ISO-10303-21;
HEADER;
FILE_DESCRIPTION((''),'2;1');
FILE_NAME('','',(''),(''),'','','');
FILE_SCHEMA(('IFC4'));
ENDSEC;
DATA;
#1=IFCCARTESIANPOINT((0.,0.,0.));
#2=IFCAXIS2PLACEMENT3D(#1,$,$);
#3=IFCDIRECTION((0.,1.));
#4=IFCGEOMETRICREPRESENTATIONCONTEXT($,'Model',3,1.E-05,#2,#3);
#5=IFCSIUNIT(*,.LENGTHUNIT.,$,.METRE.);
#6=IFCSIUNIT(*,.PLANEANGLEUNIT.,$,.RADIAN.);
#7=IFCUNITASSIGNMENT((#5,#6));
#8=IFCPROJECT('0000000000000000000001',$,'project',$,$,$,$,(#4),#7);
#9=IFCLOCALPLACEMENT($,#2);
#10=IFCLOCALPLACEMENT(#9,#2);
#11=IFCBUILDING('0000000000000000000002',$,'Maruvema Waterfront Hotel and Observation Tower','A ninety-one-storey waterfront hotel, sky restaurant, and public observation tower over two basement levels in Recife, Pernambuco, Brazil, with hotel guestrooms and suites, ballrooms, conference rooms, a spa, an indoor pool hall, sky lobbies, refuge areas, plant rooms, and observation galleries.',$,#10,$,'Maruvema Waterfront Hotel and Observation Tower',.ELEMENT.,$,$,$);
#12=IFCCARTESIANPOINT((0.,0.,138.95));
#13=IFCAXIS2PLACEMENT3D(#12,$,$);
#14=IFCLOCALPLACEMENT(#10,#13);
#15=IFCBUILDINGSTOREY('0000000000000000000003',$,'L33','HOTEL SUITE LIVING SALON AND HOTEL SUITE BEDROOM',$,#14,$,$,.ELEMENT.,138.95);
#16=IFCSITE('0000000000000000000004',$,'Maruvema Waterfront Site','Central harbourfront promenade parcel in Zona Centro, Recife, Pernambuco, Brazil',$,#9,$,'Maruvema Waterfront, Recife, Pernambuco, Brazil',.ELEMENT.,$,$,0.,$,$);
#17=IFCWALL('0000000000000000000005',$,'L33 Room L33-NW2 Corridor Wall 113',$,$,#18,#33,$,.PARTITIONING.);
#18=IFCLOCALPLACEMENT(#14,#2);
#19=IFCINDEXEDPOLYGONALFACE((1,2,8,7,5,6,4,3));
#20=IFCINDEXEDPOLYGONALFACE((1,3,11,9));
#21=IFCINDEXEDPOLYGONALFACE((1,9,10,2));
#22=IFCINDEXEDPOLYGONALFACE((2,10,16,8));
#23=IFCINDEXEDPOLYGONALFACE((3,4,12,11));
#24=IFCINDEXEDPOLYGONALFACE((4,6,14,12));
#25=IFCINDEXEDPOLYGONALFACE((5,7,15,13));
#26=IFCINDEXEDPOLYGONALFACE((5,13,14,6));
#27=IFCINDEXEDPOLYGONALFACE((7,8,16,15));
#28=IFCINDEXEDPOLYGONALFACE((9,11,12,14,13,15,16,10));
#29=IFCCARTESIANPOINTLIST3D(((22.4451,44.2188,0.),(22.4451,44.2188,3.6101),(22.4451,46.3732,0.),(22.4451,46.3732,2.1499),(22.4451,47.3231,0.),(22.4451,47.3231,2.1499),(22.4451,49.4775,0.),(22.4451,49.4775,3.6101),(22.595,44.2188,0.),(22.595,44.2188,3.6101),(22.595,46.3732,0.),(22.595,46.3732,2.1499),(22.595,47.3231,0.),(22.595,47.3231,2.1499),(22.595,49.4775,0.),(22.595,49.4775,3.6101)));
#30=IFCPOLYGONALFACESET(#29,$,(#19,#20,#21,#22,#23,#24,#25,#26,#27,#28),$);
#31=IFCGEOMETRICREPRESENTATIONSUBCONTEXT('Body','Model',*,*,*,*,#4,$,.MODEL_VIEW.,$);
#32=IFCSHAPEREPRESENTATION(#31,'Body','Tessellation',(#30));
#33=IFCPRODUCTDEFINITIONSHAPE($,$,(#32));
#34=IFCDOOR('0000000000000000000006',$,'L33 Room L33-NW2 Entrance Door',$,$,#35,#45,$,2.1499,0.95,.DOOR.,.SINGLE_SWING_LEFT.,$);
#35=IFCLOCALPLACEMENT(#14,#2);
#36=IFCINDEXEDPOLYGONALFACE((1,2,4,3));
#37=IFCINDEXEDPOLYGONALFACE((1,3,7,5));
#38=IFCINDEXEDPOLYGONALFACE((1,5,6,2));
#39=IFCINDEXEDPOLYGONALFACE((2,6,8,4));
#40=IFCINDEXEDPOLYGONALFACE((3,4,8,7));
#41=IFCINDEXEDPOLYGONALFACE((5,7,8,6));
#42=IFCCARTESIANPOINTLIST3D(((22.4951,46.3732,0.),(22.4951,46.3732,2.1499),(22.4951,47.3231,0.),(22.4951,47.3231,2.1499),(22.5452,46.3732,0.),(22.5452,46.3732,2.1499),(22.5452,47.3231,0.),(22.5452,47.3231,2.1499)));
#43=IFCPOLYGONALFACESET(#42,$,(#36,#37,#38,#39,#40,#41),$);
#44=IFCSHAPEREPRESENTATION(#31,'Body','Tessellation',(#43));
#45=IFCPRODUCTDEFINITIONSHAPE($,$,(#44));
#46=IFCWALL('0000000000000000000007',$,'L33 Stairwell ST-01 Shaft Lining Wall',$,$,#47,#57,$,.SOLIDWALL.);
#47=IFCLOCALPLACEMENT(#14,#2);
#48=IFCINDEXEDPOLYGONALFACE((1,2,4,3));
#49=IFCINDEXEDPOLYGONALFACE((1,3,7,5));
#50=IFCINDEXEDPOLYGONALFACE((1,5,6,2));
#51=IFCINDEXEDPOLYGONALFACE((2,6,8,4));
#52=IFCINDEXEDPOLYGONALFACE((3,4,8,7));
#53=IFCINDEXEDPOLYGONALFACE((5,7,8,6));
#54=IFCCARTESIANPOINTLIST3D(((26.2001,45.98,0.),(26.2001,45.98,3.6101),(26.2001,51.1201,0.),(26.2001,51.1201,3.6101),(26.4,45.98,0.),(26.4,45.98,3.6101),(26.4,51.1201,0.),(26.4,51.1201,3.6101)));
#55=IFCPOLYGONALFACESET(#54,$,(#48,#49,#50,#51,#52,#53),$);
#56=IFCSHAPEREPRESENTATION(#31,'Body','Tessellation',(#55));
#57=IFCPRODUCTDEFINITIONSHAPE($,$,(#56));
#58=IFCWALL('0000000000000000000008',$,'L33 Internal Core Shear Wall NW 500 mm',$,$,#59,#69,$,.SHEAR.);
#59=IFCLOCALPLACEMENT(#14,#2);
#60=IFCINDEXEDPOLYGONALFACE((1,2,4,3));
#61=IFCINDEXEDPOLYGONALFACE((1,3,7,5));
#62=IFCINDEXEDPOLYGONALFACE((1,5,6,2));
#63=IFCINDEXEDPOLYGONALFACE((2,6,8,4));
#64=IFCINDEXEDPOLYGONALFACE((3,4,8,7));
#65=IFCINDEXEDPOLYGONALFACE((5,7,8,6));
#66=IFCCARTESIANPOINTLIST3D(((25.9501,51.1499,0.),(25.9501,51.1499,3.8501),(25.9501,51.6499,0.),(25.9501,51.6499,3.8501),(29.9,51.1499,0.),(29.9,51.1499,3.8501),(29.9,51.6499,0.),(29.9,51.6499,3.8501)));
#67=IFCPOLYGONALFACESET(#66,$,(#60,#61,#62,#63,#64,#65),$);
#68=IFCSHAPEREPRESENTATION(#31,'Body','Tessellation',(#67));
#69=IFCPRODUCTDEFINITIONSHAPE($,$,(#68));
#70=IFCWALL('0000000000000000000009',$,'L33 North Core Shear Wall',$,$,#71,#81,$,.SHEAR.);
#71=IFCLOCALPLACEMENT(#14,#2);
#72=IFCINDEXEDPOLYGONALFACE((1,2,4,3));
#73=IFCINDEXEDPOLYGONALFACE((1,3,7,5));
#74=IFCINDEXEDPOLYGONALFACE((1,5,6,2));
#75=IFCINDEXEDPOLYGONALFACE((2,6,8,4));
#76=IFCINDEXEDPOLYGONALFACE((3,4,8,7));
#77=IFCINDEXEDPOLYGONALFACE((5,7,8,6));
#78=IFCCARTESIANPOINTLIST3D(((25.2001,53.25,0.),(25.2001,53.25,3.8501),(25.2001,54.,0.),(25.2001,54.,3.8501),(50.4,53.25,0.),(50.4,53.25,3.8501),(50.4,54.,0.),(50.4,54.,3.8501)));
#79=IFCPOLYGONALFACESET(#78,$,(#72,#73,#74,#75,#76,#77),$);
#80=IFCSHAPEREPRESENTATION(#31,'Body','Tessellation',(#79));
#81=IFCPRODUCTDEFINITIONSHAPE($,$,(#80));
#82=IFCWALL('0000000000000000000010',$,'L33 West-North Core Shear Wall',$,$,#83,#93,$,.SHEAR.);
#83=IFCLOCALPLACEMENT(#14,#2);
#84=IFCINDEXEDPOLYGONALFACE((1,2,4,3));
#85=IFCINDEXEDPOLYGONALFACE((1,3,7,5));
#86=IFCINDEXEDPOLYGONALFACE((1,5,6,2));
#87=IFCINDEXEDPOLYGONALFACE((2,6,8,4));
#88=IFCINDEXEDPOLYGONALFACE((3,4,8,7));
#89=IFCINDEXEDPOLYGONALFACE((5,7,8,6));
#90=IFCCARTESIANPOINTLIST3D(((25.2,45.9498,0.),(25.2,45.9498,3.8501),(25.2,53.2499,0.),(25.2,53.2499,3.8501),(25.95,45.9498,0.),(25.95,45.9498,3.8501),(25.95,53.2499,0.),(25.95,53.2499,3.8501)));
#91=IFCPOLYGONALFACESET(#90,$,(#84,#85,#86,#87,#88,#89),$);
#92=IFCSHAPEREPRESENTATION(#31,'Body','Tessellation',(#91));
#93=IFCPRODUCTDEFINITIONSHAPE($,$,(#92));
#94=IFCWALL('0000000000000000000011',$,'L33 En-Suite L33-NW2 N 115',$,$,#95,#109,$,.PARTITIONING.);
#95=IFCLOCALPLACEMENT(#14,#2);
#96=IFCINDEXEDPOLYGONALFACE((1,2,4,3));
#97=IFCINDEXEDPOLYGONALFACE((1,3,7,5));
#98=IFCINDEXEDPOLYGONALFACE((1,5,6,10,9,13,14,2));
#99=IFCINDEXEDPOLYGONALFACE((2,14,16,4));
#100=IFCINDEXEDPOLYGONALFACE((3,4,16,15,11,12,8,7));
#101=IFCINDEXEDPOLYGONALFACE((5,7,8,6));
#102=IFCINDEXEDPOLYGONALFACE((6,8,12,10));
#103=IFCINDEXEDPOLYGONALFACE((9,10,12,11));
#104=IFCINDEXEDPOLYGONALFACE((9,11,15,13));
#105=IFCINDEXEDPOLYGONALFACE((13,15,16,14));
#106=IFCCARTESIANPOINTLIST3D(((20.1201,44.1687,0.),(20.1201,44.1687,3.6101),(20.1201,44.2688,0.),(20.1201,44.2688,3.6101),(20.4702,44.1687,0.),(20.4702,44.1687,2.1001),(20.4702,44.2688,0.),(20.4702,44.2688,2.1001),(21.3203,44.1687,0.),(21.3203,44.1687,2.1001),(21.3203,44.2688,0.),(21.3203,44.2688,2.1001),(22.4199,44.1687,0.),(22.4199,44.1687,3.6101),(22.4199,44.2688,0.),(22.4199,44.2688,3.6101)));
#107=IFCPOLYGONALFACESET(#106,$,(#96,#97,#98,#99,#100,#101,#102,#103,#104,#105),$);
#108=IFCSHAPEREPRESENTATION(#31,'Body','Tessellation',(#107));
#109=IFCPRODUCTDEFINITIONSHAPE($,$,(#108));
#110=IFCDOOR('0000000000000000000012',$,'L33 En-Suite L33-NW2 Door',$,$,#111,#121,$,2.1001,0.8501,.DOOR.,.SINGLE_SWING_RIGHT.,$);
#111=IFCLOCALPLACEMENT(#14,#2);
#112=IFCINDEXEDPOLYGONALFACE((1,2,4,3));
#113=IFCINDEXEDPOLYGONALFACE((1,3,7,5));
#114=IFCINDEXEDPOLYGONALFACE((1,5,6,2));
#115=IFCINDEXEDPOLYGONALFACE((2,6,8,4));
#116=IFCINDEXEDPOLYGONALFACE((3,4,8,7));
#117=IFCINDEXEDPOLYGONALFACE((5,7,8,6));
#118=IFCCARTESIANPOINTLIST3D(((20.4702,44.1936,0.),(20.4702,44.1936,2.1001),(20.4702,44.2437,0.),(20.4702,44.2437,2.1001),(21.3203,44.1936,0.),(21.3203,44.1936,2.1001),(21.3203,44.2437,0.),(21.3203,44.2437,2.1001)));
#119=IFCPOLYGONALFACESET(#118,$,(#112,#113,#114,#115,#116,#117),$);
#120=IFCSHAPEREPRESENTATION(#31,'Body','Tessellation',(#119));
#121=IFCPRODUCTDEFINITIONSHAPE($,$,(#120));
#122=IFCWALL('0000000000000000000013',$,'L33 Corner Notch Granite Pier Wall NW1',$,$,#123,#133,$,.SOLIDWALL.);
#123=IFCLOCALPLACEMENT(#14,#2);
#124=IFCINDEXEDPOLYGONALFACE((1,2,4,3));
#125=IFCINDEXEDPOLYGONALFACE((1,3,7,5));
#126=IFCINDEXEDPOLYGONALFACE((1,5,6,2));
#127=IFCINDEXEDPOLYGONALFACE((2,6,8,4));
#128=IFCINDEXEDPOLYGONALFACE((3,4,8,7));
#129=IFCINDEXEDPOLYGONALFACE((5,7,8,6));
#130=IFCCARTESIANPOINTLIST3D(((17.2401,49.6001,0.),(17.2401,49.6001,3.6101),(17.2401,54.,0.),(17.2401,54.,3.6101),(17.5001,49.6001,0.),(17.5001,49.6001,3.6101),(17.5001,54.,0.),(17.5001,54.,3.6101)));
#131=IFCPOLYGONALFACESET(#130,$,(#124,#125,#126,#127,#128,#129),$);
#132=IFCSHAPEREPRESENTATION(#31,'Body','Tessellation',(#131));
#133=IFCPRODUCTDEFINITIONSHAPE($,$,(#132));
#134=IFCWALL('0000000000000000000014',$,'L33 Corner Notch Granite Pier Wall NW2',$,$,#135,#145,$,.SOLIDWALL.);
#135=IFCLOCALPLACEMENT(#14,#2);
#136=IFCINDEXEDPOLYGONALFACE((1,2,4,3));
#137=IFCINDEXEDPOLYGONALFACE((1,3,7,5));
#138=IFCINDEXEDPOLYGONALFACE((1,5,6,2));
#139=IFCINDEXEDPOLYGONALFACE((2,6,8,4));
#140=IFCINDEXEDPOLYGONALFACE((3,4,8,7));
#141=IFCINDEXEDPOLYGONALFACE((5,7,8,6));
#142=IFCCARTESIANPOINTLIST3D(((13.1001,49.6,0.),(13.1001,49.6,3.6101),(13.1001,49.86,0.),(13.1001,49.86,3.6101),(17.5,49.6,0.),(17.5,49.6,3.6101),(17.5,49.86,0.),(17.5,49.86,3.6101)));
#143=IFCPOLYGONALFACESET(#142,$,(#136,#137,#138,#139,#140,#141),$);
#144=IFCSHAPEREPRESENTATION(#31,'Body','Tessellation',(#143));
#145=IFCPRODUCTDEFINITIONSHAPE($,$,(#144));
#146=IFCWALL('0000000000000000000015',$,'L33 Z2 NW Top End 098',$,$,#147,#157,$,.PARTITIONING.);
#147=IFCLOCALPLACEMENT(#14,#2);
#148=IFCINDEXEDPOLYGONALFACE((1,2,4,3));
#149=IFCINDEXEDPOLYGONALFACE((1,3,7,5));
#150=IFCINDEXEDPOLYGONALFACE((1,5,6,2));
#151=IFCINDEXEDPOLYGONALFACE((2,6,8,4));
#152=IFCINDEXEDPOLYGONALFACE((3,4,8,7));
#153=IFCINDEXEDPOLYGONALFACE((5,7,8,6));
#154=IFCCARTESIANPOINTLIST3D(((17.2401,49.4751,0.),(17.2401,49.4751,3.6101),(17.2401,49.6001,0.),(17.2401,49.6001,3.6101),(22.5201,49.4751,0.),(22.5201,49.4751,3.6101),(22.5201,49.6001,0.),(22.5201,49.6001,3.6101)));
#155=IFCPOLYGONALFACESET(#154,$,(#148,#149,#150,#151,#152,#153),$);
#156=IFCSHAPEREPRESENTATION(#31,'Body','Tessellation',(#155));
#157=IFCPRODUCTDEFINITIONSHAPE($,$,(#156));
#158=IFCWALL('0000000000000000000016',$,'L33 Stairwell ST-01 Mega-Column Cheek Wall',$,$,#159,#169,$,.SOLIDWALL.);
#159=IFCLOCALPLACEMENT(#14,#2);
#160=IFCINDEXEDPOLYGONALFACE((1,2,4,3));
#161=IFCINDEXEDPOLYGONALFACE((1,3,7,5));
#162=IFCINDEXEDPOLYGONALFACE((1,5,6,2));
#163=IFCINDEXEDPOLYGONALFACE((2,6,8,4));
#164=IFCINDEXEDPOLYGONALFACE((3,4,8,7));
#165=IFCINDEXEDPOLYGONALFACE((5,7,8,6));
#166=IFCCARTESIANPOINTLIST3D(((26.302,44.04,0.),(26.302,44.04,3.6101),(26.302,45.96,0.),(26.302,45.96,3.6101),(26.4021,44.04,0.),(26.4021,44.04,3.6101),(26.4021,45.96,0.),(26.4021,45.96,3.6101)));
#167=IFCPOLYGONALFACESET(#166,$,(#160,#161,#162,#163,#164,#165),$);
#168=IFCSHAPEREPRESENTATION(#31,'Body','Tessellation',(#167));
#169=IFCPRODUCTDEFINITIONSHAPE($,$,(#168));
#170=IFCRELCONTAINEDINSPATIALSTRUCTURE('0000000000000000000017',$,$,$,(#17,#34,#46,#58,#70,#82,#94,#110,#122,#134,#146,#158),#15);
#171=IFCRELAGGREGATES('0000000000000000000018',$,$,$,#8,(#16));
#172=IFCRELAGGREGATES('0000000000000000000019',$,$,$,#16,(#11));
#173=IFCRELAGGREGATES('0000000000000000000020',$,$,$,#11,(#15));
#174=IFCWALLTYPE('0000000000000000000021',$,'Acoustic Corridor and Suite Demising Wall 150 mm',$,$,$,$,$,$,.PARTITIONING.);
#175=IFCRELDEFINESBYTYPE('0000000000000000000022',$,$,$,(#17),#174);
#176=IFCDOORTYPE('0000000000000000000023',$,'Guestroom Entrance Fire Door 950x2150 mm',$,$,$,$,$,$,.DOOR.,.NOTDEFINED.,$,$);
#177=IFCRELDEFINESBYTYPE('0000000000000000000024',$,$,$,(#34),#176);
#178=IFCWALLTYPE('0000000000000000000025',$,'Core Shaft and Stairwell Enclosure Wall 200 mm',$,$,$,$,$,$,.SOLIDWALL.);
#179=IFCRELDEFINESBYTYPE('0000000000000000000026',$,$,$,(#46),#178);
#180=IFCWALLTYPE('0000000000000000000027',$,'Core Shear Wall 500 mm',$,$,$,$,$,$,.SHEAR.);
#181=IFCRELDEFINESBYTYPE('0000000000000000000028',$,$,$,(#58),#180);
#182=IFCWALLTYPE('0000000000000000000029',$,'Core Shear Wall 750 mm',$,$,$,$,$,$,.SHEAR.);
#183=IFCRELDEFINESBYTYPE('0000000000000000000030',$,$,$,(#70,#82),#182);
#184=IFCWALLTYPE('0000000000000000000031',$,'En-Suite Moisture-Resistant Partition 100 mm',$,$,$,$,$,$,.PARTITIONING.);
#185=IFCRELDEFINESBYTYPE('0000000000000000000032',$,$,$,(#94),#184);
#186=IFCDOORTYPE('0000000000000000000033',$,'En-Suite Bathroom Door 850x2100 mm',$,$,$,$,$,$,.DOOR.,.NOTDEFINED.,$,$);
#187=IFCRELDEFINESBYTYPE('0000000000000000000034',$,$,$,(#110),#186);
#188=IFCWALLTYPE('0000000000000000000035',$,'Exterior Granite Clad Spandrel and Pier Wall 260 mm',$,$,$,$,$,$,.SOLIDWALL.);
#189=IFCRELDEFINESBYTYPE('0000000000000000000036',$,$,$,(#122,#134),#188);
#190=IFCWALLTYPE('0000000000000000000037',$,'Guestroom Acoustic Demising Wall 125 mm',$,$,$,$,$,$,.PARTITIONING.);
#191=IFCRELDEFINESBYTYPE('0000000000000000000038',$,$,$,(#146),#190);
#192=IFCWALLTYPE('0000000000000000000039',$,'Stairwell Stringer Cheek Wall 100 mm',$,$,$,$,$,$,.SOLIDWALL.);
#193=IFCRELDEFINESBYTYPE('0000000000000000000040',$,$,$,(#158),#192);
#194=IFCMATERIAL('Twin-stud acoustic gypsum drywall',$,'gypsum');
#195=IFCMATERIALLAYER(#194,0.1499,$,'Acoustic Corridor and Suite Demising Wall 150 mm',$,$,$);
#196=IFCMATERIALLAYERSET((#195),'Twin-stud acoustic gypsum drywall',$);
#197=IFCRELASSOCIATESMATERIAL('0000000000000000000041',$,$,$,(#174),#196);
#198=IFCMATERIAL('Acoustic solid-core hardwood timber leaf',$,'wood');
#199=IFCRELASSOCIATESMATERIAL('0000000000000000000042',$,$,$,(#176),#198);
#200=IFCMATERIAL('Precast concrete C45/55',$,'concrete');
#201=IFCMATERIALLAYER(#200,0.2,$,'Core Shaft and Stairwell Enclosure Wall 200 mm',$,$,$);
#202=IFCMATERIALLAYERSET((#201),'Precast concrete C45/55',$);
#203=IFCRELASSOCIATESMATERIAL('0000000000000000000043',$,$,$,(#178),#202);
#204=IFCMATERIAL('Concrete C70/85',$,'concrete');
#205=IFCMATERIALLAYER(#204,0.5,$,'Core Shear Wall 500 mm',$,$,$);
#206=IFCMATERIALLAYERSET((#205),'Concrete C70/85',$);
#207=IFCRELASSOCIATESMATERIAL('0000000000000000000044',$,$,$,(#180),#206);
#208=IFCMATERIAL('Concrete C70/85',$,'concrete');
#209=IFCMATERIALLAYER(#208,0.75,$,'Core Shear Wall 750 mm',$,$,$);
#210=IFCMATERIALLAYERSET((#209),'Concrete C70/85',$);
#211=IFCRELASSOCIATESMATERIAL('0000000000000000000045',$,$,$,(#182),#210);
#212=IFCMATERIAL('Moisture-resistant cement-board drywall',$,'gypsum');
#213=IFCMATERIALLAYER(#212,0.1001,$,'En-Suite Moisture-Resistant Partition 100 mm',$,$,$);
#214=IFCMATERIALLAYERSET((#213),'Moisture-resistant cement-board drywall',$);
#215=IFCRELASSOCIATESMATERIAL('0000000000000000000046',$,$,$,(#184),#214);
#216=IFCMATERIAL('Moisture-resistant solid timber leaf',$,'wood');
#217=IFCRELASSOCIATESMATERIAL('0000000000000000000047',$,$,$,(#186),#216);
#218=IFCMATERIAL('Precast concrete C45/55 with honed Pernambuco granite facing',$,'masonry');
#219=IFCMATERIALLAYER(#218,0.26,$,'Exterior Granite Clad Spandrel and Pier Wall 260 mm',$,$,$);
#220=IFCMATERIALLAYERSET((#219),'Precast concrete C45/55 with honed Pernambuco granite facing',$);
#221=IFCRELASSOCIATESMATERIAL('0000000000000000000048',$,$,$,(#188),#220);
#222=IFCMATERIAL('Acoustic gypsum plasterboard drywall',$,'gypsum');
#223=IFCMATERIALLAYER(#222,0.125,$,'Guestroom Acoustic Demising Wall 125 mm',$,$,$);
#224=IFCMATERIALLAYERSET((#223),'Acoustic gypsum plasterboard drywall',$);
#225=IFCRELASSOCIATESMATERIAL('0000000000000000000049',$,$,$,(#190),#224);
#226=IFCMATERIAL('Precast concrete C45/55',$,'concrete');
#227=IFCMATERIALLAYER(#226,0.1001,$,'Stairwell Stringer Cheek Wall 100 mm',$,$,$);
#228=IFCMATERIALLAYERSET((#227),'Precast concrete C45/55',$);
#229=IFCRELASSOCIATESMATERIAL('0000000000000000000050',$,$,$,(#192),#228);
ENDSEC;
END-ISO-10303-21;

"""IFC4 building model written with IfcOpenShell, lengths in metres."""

from ifc_helpers import new_model, si_unit, direction, frame, frame_2d, origin, place, context, subcontext, project, spatial, rectangle, extrude, material, layer, layer_set, type_object, element, fill, save


model = new_model("IFC4")

# Units and contexts
model_context = context("Model", 3, precision=1e-05, world=origin(), true_north=direction((0.0, 1.0)))
body_context = subcontext(model_context, "Body", "Model", "MODEL_VIEW")
ifc_project = project(units=[si_unit("LENGTHUNIT", "METRE"), si_unit("PLANEANGLEUNIT", "RADIAN")], contexts=[model_context])

# Site, building, storey
site_placement = place(None, origin())
site = spatial("IfcSite", under=ifc_project, at=site_placement, Name="Maruvema Waterfront Site", Description="Central harbourfront promenade parcel in Zona Centro, Recife, Pernambuco, Brazil", LongName="Maruvema Waterfront, Recife, Pernambuco, Brazil", CompositionType="ELEMENT", RefElevation=0.0)
building_placement = place(site_placement, origin())
building = spatial("IfcBuilding", under=site, at=building_placement, Name="Maruvema Waterfront Hotel and Observation Tower", Description="A ninety-one-storey waterfront hotel, sky restaurant, and public observation tower over two basement levels in Recife, Pernambuco, Brazil, with hotel guestrooms and suites, ballrooms, conference rooms, a spa, an indoor pool hall, sky lobbies, refuge areas, plant rooms, and observation galleries.", LongName="Maruvema Waterfront Hotel and Observation Tower", CompositionType="ELEMENT")
storey_placement = place(building_placement, frame((0.0, 0.0, 138.95)))
storey = spatial("IfcBuildingStorey", under=building, at=storey_placement, Name="L33", Description="HOTEL SUITE LIVING SALON AND HOTEL SUITE BEDROOM", CompositionType="ELEMENT", Elevation=138.95)

# Wall, opening, door
ifc_material_1 = material(Name="Twin-stud acoustic gypsum drywall", Category="gypsum")
ifc_layer_1 = layer(ifc_material_1, 0.1499, Name="Acoustic Corridor and Suite Demising Wall 150 mm")
ifc_layer_set_1 = layer_set([ifc_layer_1], Name="Twin-stud acoustic gypsum drywall")
wall_type_1 = type_object("IfcWallType", Name="Acoustic Corridor and Suite Demising Wall 150 mm", PredefinedType="PARTITIONING", material=ifc_layer_set_1)
wall_1_placement = place(storey_placement, frame((22.52, 44.2188, 0.0), z_axis=(0.0, 0.0, 1.0), x_axis=(0.0, 1.0, 0.0)))
wall_1 = element("IfcWall", 1, at=wall_1_placement, inside=storey, type_object=wall_type_1, Name="L33 Room L33-NW2 Corridor Wall 113", PredefinedType="PARTITIONING", context=body_context, shape_type="SweptSolid", body=[
    extrude(rectangle(XDim=5.2588, YDim=0.1499, at=frame_2d((2.6294, 0.0))), origin(), (0.0, 0.0, 1.0), 3.6101),
])
opening_1_placement = place(wall_1_placement, frame((2.1543, 0.0, 0.0)))
opening_1 = element("IfcOpeningElement", 2, at=opening_1_placement, cuts=wall_1, PredefinedType="OPENING", context=body_context, shape_type="SweptSolid", body=[
    extrude(rectangle(XDim=0.95, YDim=2.1499, at=frame_2d((0.4751, 1.075))), frame((0.0, 0.085, 0.0), z_axis=(0.0, -1.0, 0.0), x_axis=(1.0, 0.0, 0.0)), (0.0, 0.0, 1.0), 0.1699),
])
ifc_material_2 = material(Name="Acoustic solid-core hardwood timber leaf", Category="wood")
door_type_1 = type_object("IfcDoorType", Name="Guestroom Entrance Fire Door 950x2150 mm", OperationType="NOTDEFINED", PredefinedType="DOOR", material=ifc_material_2)
door_1_placement = place(opening_1_placement, origin())
door_1 = element("IfcDoor", 3, at=door_1_placement, inside=storey, type_object=door_type_1, Name="L33 Room L33-NW2 Entrance Door", OperationType="SINGLE_SWING_LEFT", OverallHeight=2.1499, OverallWidth=0.95, PredefinedType="DOOR", context=body_context, shape_type="SweptSolid", body=[
    extrude(rectangle(XDim=0.95, YDim=2.1499, at=frame_2d((0.4751, 1.075))), frame((0.0, 0.0249, 0.0), z_axis=(0.0, -1.0, 0.0), x_axis=(1.0, 0.0, 0.0)), (0.0, 0.0, 1.0), 0.05),
])
fill(opening_1, door_1)

# Walls
ifc_material_3 = material(Name="Precast concrete C45/55", Category="concrete")
ifc_layer_2 = layer(ifc_material_3, 0.2, Name="Core Shaft and Stairwell Enclosure Wall 200 mm")
ifc_layer_set_2 = layer_set([ifc_layer_2], Name="Precast concrete C45/55")
wall_type_2 = type_object("IfcWallType", Name="Core Shaft and Stairwell Enclosure Wall 200 mm", PredefinedType="SOLIDWALL", material=ifc_layer_set_2)
wall_2_placement = place(storey_placement, frame((26.3, 45.98, 0.0), z_axis=(0.0, 0.0, 1.0), x_axis=(0.0, 1.0, 0.0)))
element("IfcWall", 4, at=wall_2_placement, inside=storey, type_object=wall_type_2, Name="L33 Stairwell ST-01 Shaft Lining Wall", PredefinedType="SOLIDWALL", context=body_context, shape_type="SweptSolid", body=[
    extrude(rectangle(XDim=5.1401, YDim=0.2, at=frame_2d((2.5701, 0.0))), origin(), (0.0, 0.0, 1.0), 3.6101),
])
ifc_material_4 = material(Name="Concrete C70/85", Category="concrete")
ifc_layer_3 = layer(ifc_material_4, 0.5, Name="Core Shear Wall 500 mm")
ifc_layer_set_3 = layer_set([ifc_layer_3], Name="Concrete C70/85")
wall_type_3 = type_object("IfcWallType", Name="Core Shear Wall 500 mm", PredefinedType="SHEAR", material=ifc_layer_set_3)
wall_3_placement = place(storey_placement, frame((25.95, 51.3999, 0.0), z_axis=(0.0, 0.0, 1.0), x_axis=(1.0, 0.0, 0.0)))
element("IfcWall", 5, at=wall_3_placement, inside=storey, type_object=wall_type_3, Name="L33 Internal Core Shear Wall NW 500 mm", PredefinedType="SHEAR", context=body_context, shape_type="SweptSolid", body=[
    extrude(rectangle(XDim=3.95, YDim=0.5, at=frame_2d((1.9751, 0.0))), origin(), (0.0, 0.0, 1.0), 3.8501),
])
ifc_material_5 = material(Name="Concrete C70/85", Category="concrete")
ifc_layer_4 = layer(ifc_material_5, 0.75, Name="Core Shear Wall 750 mm")
ifc_layer_set_4 = layer_set([ifc_layer_4], Name="Concrete C70/85")
wall_type_4 = type_object("IfcWallType", Name="Core Shear Wall 750 mm", PredefinedType="SHEAR", material=ifc_layer_set_4)
wall_4_placement = place(storey_placement, frame((25.2, 53.625, 0.0), z_axis=(0.0, 0.0, 1.0), x_axis=(1.0, 0.0, 0.0)))
element("IfcWall", 6, at=wall_4_placement, inside=storey, type_object=wall_type_4, Name="L33 North Core Shear Wall", PredefinedType="SHEAR", context=body_context, shape_type="SweptSolid", body=[
    extrude(rectangle(XDim=25.2, YDim=0.75, at=frame_2d((12.6001, 0.0))), origin(), (0.0, 0.0, 1.0), 3.8501),
])
wall_5_placement = place(storey_placement, frame((25.575, 45.95, 0.0), z_axis=(0.0, 0.0, 1.0), x_axis=(0.0, 1.0, 0.0)))
element("IfcWall", 7, at=wall_5_placement, inside=storey, type_object=wall_type_4, Name="L33 West-North Core Shear Wall", PredefinedType="SHEAR", context=body_context, shape_type="SweptSolid", body=[
    extrude(rectangle(XDim=7.3, YDim=0.75, at=frame_2d((3.6499, 0.0))), origin(), (0.0, 0.0, 1.0), 3.8501),
])

# Wall, opening, door
ifc_material_6 = material(Name="Moisture-resistant cement-board drywall", Category="gypsum")
ifc_layer_5 = layer(ifc_material_6, 0.1001, Name="En-Suite Moisture-Resistant Partition 100 mm")
ifc_layer_set_5 = layer_set([ifc_layer_5], Name="Moisture-resistant cement-board drywall")
wall_type_5 = type_object("IfcWallType", Name="En-Suite Moisture-Resistant Partition 100 mm", PredefinedType="PARTITIONING", material=ifc_layer_set_5)
wall_6_placement = place(storey_placement, frame((20.1201, 44.2188, 0.0), z_axis=(0.0, 0.0, 1.0), x_axis=(1.0, 0.0, 0.0)))
wall_6 = element("IfcWall", 8, at=wall_6_placement, inside=storey, type_object=wall_type_5, Name="L33 En-Suite L33-NW2 N 115", PredefinedType="PARTITIONING", context=body_context, shape_type="SweptSolid", body=[
    extrude(rectangle(XDim=2.2998, YDim=0.1001, at=frame_2d((1.1499, 0.0))), origin(), (0.0, 0.0, 1.0), 3.6101),
])
opening_2_placement = place(wall_6_placement, frame((0.3501, 0.0, 0.0)))
opening_2 = element("IfcOpeningElement", 9, at=opening_2_placement, cuts=wall_6, PredefinedType="OPENING", context=body_context, shape_type="SweptSolid", body=[
    extrude(rectangle(XDim=0.8501, YDim=2.1001, at=frame_2d((0.425, 1.05))), frame((0.0, 0.0601, 0.0), z_axis=(0.0, -1.0, 0.0), x_axis=(1.0, 0.0, 0.0)), (0.0, 0.0, 1.0), 0.1201),
])
ifc_material_7 = material(Name="Moisture-resistant solid timber leaf", Category="wood")
door_type_2 = type_object("IfcDoorType", Name="En-Suite Bathroom Door 850x2100 mm", OperationType="NOTDEFINED", PredefinedType="DOOR", material=ifc_material_7)
door_2_placement = place(opening_2_placement, origin())
door_2 = element("IfcDoor", 10, at=door_2_placement, inside=storey, type_object=door_type_2, Name="L33 En-Suite L33-NW2 Door", OperationType="SINGLE_SWING_RIGHT", OverallHeight=2.1001, OverallWidth=0.8501, PredefinedType="DOOR", context=body_context, shape_type="SweptSolid", body=[
    extrude(rectangle(XDim=0.8501, YDim=2.1001, at=frame_2d((0.425, 1.05))), frame((0.0, 0.0249, 0.0), z_axis=(0.0, -1.0, 0.0), x_axis=(1.0, 0.0, 0.0)), (0.0, 0.0, 1.0), 0.05),
])
fill(opening_2, door_2)

# Walls
ifc_material_8 = material(Name="Precast concrete C45/55 with honed Pernambuco granite facing", Category="masonry")
ifc_layer_6 = layer(ifc_material_8, 0.26, Name="Exterior Granite Clad Spandrel and Pier Wall 260 mm")
ifc_layer_set_6 = layer_set([ifc_layer_6], Name="Precast concrete C45/55 with honed Pernambuco granite facing")
wall_type_6 = type_object("IfcWallType", Name="Exterior Granite Clad Spandrel and Pier Wall 260 mm", PredefinedType="SOLIDWALL", material=ifc_layer_set_6)
for number, where, z_axis, x_axis, name in (
    (11, (17.3701, 49.6001, 0.0), (0.0, 0.0, 1.0), (0.0, 1.0, 0.0), "L33 Corner Notch Granite Pier Wall NW1"),
    (12, (13.1001, 49.73, 0.0), (0.0, 0.0, 1.0), (1.0, 0.0, 0.0), "L33 Corner Notch Granite Pier Wall NW2"),
):
    element("IfcWall", number, at=place(storey_placement, frame(where, z_axis=z_axis, x_axis=x_axis)), inside=storey, type_object=wall_type_6, Name=name, PredefinedType="SOLIDWALL", context=body_context, shape_type="SweptSolid", body=[
        extrude(rectangle(XDim=4.3999, YDim=0.26, at=frame_2d((2.2, 0.0))), origin(), (0.0, 0.0, 1.0), 3.6101),
    ])
ifc_material_9 = material(Name="Acoustic gypsum plasterboard drywall", Category="gypsum")
ifc_layer_7 = layer(ifc_material_9, 0.125, Name="Guestroom Acoustic Demising Wall 125 mm")
ifc_layer_set_7 = layer_set([ifc_layer_7], Name="Acoustic gypsum plasterboard drywall")
wall_type_7 = type_object("IfcWallType", Name="Guestroom Acoustic Demising Wall 125 mm", PredefinedType="PARTITIONING", material=ifc_layer_set_7)
wall_7_placement = place(storey_placement, frame((17.24, 49.5376, 0.0), z_axis=(0.0, 0.0, 1.0), x_axis=(1.0, 0.0, 0.0)))
element("IfcWall", 13, at=wall_7_placement, inside=storey, type_object=wall_type_7, Name="L33 Z2 NW Top End 098", PredefinedType="PARTITIONING", context=body_context, shape_type="SweptSolid", body=[
    extrude(rectangle(XDim=5.28, YDim=0.125, at=frame_2d((2.6401, 0.0))), origin(), (0.0, 0.0, 1.0), 3.6101),
])
ifc_material_10 = material(Name="Precast concrete C45/55", Category="concrete")
ifc_layer_8 = layer(ifc_material_10, 0.1001, Name="Stairwell Stringer Cheek Wall 100 mm")
ifc_layer_set_8 = layer_set([ifc_layer_8], Name="Precast concrete C45/55")
wall_type_8 = type_object("IfcWallType", Name="Stairwell Stringer Cheek Wall 100 mm", PredefinedType="SOLIDWALL", material=ifc_layer_set_8)
wall_8_placement = place(storey_placement, frame((26.3521, 44.04, 0.0), z_axis=(0.0, 0.0, 1.0), x_axis=(0.0, 1.0, 0.0)))
element("IfcWall", 14, at=wall_8_placement, inside=storey, type_object=wall_type_8, Name="L33 Stairwell ST-01 Mega-Column Cheek Wall", PredefinedType="SOLIDWALL", context=body_context, shape_type="SweptSolid", body=[
    extrude(rectangle(XDim=1.9199, YDim=0.1001, at=frame_2d((0.96, 0.0))), origin(), (0.0, 0.0, 1.0), 3.6101),
])

save(model, "model.ifc")
